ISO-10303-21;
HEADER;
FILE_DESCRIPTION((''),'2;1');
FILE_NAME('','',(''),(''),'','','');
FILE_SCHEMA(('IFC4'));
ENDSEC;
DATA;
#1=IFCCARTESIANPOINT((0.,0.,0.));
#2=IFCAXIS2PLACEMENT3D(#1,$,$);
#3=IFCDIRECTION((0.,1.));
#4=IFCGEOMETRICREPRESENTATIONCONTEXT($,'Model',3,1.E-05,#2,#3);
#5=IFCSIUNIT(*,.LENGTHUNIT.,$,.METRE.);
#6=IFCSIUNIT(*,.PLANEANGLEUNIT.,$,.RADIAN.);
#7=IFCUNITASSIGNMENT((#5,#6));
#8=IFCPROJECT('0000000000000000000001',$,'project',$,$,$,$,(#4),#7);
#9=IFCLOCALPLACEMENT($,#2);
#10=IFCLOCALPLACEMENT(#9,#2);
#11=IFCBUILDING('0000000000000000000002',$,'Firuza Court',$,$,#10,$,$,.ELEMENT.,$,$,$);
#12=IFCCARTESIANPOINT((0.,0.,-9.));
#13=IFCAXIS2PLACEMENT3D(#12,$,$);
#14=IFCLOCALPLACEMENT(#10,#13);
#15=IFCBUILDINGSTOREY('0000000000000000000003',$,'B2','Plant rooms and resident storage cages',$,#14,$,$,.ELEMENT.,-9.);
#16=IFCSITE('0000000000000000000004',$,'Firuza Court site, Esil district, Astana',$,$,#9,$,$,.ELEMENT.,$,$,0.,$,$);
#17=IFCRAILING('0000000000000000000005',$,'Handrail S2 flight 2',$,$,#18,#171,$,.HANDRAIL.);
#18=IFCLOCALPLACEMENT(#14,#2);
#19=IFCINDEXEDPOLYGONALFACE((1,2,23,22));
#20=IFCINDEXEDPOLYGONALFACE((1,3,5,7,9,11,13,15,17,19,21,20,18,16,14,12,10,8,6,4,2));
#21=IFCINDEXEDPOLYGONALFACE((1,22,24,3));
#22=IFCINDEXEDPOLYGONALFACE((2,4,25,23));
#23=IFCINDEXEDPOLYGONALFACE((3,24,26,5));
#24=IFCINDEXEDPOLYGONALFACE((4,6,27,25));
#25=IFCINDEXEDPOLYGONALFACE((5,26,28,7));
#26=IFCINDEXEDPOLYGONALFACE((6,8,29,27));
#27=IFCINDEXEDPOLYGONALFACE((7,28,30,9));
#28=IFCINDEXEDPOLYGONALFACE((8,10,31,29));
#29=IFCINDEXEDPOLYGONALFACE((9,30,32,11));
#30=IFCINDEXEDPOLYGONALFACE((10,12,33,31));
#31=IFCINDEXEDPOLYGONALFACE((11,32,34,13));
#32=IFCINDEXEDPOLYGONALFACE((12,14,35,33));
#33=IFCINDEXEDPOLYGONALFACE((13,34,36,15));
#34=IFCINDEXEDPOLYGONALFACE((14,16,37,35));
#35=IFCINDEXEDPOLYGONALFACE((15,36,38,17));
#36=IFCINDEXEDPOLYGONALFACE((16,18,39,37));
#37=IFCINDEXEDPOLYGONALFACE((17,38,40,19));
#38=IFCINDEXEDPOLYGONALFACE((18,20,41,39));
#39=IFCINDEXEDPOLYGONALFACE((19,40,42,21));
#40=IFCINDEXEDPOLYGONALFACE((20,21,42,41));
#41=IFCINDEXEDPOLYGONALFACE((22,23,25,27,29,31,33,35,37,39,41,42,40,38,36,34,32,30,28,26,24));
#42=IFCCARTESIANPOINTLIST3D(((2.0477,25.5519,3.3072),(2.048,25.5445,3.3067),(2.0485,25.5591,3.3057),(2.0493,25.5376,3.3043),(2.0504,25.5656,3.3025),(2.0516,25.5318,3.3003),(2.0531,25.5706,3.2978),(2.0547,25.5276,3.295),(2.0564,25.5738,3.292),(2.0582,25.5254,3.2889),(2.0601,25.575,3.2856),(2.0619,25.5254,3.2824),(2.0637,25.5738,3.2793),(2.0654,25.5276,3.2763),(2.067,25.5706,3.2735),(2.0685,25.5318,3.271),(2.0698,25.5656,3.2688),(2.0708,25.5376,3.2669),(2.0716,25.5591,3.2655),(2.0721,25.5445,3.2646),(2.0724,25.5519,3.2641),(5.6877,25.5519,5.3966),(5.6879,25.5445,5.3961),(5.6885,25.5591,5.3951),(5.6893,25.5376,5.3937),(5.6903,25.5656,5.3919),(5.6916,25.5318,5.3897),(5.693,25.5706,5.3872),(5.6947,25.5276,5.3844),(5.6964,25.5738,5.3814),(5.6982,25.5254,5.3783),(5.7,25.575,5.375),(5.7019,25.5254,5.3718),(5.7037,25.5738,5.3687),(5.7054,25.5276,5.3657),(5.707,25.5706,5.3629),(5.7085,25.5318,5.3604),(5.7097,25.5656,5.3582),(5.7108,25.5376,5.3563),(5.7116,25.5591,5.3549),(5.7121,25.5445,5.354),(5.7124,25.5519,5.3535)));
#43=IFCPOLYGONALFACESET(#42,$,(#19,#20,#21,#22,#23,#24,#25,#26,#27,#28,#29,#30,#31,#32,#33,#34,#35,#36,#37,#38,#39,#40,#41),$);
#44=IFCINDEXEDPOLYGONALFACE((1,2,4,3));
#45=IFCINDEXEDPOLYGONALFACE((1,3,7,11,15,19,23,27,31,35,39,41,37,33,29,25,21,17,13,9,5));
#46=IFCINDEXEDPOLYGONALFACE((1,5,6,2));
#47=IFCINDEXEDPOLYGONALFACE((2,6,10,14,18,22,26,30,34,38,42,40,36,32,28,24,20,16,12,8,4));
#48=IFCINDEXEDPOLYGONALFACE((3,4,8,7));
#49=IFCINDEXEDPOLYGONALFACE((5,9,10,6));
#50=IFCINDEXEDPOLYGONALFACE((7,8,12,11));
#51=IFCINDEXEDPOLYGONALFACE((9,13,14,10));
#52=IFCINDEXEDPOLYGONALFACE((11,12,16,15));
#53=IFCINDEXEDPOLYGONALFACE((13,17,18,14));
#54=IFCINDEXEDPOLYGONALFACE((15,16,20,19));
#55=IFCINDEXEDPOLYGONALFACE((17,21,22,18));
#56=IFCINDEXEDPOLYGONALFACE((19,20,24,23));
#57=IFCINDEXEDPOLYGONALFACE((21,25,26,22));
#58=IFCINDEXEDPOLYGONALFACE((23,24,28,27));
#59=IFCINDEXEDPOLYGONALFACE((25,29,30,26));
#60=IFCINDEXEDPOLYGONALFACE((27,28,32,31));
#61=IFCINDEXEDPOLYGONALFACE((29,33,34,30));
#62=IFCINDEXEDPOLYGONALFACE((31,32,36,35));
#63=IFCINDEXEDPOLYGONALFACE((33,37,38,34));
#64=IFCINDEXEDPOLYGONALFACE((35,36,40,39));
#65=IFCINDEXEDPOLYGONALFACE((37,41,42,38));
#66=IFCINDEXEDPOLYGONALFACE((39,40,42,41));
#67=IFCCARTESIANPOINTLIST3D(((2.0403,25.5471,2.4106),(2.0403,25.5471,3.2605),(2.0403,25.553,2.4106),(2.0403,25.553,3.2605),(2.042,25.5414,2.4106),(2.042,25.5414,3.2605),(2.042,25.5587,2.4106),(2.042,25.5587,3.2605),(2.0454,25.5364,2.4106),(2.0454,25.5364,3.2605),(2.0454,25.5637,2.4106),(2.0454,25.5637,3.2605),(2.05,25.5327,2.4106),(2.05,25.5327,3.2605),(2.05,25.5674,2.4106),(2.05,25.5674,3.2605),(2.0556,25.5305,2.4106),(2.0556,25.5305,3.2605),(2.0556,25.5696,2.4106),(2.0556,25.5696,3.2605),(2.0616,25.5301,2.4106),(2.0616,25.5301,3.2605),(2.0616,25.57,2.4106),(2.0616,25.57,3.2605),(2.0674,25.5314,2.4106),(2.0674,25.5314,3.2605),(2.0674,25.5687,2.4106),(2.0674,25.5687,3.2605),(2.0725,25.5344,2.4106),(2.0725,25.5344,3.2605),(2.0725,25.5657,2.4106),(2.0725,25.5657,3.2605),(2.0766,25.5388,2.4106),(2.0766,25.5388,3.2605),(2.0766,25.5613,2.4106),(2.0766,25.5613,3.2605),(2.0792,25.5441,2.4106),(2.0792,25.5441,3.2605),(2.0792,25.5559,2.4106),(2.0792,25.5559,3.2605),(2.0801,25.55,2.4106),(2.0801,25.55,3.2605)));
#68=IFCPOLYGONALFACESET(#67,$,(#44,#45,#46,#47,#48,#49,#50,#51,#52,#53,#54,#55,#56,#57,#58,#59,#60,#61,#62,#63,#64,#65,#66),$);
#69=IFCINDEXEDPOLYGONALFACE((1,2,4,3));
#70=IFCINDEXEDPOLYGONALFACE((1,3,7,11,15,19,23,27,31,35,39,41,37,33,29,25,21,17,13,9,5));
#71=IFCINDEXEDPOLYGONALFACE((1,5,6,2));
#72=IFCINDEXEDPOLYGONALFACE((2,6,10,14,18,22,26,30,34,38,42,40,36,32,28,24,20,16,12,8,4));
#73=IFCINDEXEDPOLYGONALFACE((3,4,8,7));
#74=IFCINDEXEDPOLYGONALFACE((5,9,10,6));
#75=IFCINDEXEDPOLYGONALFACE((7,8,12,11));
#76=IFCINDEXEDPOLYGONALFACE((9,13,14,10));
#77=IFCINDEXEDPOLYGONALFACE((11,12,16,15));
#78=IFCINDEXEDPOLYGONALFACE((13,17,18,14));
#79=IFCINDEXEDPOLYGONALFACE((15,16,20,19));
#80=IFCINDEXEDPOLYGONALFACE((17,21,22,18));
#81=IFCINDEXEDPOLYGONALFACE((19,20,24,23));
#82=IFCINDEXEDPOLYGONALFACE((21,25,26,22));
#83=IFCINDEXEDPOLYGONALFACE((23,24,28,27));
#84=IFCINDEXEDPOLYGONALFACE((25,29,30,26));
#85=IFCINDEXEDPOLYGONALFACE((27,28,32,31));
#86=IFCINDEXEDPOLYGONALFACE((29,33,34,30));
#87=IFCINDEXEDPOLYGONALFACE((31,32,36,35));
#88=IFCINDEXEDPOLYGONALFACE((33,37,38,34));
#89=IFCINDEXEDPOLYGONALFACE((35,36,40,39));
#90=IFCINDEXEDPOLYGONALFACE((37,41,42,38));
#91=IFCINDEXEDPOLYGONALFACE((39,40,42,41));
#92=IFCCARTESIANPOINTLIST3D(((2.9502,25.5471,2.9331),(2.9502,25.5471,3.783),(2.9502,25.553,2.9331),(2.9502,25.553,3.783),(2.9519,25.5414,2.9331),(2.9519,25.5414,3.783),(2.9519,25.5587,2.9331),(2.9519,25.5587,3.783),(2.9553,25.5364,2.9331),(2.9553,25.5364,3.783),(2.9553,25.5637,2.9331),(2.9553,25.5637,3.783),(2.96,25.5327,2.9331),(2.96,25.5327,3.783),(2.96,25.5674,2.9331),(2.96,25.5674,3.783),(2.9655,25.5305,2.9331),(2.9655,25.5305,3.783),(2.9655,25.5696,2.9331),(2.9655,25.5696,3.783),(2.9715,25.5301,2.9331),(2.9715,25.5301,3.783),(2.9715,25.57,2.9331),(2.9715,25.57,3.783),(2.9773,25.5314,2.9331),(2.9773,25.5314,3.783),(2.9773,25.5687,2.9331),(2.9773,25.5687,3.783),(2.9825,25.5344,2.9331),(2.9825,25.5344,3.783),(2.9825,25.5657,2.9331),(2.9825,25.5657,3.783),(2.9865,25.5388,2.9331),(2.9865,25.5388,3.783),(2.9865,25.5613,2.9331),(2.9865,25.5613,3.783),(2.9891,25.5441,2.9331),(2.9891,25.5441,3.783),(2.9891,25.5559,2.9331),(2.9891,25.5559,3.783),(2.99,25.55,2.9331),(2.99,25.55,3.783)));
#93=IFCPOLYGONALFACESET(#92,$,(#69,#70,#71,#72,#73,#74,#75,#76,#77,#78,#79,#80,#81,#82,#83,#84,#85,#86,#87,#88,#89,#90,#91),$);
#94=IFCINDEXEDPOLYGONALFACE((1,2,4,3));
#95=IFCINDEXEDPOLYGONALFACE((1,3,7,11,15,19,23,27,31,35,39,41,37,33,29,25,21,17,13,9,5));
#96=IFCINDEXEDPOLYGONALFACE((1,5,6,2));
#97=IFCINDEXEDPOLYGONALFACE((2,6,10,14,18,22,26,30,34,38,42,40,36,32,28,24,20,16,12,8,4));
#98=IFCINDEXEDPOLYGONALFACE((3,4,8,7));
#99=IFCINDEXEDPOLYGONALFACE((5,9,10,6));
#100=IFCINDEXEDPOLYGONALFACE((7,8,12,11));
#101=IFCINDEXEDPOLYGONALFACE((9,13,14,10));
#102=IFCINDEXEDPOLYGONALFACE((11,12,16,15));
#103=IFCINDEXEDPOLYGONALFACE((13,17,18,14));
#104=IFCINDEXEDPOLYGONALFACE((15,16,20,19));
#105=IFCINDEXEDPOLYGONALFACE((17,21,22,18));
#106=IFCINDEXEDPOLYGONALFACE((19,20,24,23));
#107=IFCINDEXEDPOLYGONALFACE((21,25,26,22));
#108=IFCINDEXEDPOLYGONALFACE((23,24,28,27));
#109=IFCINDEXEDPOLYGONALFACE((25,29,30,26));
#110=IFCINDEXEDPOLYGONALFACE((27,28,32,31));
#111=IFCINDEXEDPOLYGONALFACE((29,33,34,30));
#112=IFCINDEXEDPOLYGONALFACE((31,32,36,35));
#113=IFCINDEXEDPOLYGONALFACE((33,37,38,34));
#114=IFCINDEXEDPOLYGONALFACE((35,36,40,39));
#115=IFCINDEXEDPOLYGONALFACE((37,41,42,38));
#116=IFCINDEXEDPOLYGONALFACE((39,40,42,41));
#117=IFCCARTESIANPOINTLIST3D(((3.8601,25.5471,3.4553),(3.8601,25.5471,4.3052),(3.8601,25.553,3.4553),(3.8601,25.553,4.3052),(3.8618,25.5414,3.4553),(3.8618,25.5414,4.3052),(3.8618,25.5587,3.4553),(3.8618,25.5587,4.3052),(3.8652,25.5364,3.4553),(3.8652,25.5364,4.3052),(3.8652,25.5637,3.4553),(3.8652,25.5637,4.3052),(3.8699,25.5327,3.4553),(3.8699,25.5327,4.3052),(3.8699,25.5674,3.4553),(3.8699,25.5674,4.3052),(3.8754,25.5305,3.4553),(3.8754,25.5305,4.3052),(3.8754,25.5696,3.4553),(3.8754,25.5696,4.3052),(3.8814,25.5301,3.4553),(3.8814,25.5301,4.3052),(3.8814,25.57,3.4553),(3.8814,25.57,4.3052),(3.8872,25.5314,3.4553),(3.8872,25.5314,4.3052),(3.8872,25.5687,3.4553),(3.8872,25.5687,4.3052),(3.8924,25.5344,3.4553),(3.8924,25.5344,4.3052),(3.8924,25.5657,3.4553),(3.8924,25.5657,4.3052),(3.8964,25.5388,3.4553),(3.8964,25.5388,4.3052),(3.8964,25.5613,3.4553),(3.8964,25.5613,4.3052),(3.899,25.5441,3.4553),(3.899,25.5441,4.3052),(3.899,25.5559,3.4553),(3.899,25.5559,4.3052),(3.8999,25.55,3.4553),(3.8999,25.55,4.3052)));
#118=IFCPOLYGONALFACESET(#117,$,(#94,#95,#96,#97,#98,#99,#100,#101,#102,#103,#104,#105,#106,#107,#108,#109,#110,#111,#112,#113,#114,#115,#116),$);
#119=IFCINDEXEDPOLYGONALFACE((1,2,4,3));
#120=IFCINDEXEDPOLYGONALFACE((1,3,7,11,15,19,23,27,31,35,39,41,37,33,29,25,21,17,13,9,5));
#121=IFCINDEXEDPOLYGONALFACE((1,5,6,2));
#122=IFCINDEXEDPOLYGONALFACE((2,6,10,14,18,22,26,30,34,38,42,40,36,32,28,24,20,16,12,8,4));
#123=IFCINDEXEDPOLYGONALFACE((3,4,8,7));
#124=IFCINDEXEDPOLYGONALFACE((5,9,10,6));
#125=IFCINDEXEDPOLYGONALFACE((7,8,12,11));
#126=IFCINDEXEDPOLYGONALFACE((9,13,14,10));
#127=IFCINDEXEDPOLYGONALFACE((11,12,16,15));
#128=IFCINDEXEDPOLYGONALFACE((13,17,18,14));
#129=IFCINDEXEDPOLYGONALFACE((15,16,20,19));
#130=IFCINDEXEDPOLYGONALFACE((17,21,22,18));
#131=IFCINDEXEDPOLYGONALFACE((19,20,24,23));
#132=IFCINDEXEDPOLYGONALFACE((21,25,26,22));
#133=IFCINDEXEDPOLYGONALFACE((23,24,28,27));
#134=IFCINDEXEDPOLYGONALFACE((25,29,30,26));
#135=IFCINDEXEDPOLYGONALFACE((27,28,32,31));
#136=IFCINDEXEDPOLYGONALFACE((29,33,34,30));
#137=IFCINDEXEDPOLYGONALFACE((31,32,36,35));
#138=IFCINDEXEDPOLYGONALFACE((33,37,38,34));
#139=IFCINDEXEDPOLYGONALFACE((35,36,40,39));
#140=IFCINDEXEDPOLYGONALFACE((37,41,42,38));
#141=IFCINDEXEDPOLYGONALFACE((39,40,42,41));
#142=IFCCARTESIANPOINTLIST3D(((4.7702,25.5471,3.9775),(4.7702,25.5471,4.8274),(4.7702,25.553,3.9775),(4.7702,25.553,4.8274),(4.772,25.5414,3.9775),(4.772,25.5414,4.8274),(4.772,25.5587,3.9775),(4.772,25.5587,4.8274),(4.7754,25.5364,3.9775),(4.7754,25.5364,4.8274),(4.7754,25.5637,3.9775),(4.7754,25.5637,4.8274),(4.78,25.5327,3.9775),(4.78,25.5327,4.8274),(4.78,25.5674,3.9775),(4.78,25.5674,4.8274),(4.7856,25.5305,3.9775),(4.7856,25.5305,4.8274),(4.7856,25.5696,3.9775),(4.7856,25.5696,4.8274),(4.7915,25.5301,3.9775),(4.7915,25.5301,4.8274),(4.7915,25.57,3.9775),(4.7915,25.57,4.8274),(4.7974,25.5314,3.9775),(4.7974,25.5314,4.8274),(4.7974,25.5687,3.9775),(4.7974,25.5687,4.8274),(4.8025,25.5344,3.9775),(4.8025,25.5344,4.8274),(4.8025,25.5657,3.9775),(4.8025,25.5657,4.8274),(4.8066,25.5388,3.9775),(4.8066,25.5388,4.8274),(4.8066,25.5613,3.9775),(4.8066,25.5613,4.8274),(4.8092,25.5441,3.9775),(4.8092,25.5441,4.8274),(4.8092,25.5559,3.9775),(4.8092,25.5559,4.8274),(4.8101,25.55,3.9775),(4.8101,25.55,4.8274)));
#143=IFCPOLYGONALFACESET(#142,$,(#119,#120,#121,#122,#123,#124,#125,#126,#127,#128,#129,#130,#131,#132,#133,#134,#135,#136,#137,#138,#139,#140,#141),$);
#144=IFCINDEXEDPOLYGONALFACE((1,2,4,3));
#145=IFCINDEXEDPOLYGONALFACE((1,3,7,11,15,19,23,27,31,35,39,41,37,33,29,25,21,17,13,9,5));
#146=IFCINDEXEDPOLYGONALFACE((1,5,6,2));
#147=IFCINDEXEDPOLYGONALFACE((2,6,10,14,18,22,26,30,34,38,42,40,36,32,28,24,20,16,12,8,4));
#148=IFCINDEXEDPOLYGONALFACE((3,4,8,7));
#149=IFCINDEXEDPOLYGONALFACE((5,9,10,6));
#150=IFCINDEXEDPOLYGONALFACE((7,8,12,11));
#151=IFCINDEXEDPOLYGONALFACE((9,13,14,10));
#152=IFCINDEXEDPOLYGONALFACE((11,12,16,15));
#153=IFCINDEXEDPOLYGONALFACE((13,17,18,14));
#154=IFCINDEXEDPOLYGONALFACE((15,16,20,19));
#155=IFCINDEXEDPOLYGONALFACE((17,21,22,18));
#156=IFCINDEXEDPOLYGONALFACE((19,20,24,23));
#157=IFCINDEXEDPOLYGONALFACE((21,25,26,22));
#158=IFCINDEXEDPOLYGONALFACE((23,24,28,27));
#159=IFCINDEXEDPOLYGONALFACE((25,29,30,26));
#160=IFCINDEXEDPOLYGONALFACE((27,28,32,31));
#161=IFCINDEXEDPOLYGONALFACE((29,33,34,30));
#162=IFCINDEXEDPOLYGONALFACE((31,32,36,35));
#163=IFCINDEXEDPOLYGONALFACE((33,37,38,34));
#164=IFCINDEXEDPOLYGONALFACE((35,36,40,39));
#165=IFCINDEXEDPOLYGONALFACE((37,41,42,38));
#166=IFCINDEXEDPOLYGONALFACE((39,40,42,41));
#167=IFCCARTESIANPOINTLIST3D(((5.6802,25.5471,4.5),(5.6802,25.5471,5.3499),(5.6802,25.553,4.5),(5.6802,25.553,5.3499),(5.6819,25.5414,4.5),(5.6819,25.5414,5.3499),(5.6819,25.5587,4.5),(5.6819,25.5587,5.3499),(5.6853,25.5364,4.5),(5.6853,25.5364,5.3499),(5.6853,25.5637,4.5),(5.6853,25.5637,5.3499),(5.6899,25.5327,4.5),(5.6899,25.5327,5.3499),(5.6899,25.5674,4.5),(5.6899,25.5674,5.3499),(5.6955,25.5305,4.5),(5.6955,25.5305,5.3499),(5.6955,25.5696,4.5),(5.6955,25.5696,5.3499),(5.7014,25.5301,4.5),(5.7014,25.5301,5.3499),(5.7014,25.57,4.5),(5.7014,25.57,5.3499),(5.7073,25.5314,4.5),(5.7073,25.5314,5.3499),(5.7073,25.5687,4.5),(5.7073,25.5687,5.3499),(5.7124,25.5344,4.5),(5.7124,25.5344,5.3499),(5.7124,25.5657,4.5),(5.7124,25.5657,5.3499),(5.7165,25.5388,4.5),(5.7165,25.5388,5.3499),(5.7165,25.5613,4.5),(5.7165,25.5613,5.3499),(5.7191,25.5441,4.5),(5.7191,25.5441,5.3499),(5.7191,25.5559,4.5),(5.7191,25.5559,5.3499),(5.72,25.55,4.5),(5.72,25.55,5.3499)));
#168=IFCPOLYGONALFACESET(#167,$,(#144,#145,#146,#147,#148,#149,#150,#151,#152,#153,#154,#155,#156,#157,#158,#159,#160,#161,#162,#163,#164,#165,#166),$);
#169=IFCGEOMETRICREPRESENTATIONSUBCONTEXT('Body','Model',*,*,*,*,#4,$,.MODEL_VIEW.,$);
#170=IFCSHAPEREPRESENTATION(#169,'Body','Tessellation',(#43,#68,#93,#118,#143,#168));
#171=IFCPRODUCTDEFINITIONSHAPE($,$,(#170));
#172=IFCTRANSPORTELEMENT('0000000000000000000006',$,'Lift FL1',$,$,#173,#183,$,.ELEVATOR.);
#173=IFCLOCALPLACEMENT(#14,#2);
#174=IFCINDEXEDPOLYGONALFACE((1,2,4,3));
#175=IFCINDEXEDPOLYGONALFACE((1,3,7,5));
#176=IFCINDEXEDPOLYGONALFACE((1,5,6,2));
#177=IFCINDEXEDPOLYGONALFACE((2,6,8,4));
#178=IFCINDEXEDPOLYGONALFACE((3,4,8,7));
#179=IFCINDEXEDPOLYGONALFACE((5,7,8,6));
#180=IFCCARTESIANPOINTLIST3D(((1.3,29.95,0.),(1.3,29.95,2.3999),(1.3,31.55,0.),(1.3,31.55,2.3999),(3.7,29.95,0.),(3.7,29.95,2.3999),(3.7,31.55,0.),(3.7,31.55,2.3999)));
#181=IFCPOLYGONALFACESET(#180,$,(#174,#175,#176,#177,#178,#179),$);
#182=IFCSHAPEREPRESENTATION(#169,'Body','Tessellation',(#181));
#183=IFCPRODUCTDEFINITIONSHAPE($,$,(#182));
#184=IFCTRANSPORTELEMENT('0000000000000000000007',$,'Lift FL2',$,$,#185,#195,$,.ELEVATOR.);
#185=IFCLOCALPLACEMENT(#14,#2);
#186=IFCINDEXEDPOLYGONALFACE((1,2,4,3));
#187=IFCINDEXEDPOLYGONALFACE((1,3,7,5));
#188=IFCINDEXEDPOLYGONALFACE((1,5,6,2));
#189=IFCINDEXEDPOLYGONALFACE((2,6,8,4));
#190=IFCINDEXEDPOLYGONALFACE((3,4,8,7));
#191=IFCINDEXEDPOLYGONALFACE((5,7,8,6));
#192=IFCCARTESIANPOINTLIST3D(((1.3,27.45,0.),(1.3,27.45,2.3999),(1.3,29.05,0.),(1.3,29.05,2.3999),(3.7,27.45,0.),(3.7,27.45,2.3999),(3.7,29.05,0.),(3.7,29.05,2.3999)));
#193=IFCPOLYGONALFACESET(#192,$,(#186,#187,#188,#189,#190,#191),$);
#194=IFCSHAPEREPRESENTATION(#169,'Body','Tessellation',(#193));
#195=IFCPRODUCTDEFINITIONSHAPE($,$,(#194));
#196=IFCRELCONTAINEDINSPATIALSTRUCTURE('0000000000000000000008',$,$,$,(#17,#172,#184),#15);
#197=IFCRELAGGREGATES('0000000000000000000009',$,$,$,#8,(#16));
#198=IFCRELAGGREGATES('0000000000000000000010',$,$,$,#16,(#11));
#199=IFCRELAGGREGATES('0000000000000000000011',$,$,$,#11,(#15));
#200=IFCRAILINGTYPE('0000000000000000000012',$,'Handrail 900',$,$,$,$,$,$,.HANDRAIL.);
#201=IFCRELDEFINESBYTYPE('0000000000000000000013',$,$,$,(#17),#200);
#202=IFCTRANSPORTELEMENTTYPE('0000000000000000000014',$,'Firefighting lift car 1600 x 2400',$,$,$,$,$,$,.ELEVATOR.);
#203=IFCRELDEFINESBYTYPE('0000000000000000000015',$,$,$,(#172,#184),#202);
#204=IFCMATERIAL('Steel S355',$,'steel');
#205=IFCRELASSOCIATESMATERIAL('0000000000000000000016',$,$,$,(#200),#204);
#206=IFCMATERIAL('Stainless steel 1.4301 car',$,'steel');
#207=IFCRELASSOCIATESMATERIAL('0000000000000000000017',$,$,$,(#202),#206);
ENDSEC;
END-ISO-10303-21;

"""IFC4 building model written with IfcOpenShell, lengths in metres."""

from ifc_helpers import new_model, si_unit, direction, frame, origin, origin_2d, place, context, subcontext, project, spatial, rectangle, circle, extrude, material, type_object, element, save


model = new_model("IFC4")

# Units and contexts
model_context = context("Model", 3, precision=1e-05, world=origin(), true_north=direction((0.0, 1.0)))
body_context = subcontext(model_context, "Body", "Model", "MODEL_VIEW")
ifc_project = project(units=[si_unit("LENGTHUNIT", "METRE"), si_unit("PLANEANGLEUNIT", "RADIAN")], contexts=[model_context])

# Site, building, storey
site_placement = place(None, origin())
site = spatial("IfcSite", under=ifc_project, at=site_placement, Name="Firuza Court site, Esil district, Astana", CompositionType="ELEMENT", RefElevation=0.0)
building_placement = place(site_placement, origin())
building = spatial("IfcBuilding", under=site, at=building_placement, Name="Firuza Court", CompositionType="ELEMENT")
storey_placement = place(building_placement, frame((0.0, 0.0, -9.0)))
storey = spatial("IfcBuildingStorey", under=building, at=storey_placement, Name="B2", Description="Plant rooms and resident storage cages", CompositionType="ELEMENT", Elevation=-9.0)

# Railing
ifc_material_1 = material(Name="Steel S355", Category="steel")
railing_type_1 = type_object("IfcRailingType", Name="Handrail 900", PredefinedType="HANDRAIL", material=ifc_material_1)
railing_1_placement = place(storey_placement, frame((2.0601, 25.55, 2.4106)))
element("IfcRailing", 1, at=railing_1_placement, inside=storey, type_object=railing_type_1, Name="Handrail S2 flight 2", PredefinedType="HANDRAIL", context=body_context, shape_type="SweptSolid", body=[
    extrude(circle(Radius=0.0249, at=origin_2d()), frame((0.0, 0.0, 0.875), z_axis=(0.867275, 0.0, 0.497829), x_axis=(0.0, 1.0, 0.0)), (0.0, 0.0, 1.0), 4.197),
    extrude(circle(Radius=0.02, at=origin_2d()), origin(), (0.0, 0.0, 1.0), 0.8499),
    extrude(circle(Radius=0.02, at=origin_2d()), frame((0.9099, 0.0, 0.5225)), (0.0, 0.0, 1.0), 0.8499),
    extrude(circle(Radius=0.02, at=origin_2d()), frame((1.8198, 0.0, 1.0447)), (0.0, 0.0, 1.0), 0.8499),
    extrude(circle(Radius=0.02, at=origin_2d()), frame((2.73, 0.0, 1.5669)), (0.0, 0.0, 1.0), 0.8499),
    extrude(circle(Radius=0.02, at=origin_2d()), frame((3.6399, 0.0, 2.0894)), (0.0, 0.0, 1.0), 0.8499),
])

# Transport elements
ifc_material_2 = material(Name="Stainless steel 1.4301 car", Category="steel")
transport_element_type = type_object("IfcTransportElementType", Name="Firefighting lift car 1600 x 2400", PredefinedType="ELEVATOR", material=ifc_material_2)
for number, where, z_axis, x_axis, name in (
    (2, (2.5, 30.75, 0.0), (0.0, 0.0, 1.0), (1.0, 0.0, 0.0), "Lift FL1"),
    (3, (2.5, 28.25, 0.0), (0.0, 0.0, 1.0), (1.0, 0.0, 0.0), "Lift FL2"),
):
    element("IfcTransportElement", number, at=place(storey_placement, frame(where, z_axis=z_axis, x_axis=x_axis)), inside=storey, type_object=transport_element_type, Name=name, PredefinedType="ELEVATOR", context=body_context, shape_type="SweptSolid", body=[
        extrude(rectangle(XDim=2.3999, YDim=1.6001, at=origin_2d()), origin(), (0.0, 0.0, 1.0), 2.3999),
    ])

save(model, "model.ifc")
